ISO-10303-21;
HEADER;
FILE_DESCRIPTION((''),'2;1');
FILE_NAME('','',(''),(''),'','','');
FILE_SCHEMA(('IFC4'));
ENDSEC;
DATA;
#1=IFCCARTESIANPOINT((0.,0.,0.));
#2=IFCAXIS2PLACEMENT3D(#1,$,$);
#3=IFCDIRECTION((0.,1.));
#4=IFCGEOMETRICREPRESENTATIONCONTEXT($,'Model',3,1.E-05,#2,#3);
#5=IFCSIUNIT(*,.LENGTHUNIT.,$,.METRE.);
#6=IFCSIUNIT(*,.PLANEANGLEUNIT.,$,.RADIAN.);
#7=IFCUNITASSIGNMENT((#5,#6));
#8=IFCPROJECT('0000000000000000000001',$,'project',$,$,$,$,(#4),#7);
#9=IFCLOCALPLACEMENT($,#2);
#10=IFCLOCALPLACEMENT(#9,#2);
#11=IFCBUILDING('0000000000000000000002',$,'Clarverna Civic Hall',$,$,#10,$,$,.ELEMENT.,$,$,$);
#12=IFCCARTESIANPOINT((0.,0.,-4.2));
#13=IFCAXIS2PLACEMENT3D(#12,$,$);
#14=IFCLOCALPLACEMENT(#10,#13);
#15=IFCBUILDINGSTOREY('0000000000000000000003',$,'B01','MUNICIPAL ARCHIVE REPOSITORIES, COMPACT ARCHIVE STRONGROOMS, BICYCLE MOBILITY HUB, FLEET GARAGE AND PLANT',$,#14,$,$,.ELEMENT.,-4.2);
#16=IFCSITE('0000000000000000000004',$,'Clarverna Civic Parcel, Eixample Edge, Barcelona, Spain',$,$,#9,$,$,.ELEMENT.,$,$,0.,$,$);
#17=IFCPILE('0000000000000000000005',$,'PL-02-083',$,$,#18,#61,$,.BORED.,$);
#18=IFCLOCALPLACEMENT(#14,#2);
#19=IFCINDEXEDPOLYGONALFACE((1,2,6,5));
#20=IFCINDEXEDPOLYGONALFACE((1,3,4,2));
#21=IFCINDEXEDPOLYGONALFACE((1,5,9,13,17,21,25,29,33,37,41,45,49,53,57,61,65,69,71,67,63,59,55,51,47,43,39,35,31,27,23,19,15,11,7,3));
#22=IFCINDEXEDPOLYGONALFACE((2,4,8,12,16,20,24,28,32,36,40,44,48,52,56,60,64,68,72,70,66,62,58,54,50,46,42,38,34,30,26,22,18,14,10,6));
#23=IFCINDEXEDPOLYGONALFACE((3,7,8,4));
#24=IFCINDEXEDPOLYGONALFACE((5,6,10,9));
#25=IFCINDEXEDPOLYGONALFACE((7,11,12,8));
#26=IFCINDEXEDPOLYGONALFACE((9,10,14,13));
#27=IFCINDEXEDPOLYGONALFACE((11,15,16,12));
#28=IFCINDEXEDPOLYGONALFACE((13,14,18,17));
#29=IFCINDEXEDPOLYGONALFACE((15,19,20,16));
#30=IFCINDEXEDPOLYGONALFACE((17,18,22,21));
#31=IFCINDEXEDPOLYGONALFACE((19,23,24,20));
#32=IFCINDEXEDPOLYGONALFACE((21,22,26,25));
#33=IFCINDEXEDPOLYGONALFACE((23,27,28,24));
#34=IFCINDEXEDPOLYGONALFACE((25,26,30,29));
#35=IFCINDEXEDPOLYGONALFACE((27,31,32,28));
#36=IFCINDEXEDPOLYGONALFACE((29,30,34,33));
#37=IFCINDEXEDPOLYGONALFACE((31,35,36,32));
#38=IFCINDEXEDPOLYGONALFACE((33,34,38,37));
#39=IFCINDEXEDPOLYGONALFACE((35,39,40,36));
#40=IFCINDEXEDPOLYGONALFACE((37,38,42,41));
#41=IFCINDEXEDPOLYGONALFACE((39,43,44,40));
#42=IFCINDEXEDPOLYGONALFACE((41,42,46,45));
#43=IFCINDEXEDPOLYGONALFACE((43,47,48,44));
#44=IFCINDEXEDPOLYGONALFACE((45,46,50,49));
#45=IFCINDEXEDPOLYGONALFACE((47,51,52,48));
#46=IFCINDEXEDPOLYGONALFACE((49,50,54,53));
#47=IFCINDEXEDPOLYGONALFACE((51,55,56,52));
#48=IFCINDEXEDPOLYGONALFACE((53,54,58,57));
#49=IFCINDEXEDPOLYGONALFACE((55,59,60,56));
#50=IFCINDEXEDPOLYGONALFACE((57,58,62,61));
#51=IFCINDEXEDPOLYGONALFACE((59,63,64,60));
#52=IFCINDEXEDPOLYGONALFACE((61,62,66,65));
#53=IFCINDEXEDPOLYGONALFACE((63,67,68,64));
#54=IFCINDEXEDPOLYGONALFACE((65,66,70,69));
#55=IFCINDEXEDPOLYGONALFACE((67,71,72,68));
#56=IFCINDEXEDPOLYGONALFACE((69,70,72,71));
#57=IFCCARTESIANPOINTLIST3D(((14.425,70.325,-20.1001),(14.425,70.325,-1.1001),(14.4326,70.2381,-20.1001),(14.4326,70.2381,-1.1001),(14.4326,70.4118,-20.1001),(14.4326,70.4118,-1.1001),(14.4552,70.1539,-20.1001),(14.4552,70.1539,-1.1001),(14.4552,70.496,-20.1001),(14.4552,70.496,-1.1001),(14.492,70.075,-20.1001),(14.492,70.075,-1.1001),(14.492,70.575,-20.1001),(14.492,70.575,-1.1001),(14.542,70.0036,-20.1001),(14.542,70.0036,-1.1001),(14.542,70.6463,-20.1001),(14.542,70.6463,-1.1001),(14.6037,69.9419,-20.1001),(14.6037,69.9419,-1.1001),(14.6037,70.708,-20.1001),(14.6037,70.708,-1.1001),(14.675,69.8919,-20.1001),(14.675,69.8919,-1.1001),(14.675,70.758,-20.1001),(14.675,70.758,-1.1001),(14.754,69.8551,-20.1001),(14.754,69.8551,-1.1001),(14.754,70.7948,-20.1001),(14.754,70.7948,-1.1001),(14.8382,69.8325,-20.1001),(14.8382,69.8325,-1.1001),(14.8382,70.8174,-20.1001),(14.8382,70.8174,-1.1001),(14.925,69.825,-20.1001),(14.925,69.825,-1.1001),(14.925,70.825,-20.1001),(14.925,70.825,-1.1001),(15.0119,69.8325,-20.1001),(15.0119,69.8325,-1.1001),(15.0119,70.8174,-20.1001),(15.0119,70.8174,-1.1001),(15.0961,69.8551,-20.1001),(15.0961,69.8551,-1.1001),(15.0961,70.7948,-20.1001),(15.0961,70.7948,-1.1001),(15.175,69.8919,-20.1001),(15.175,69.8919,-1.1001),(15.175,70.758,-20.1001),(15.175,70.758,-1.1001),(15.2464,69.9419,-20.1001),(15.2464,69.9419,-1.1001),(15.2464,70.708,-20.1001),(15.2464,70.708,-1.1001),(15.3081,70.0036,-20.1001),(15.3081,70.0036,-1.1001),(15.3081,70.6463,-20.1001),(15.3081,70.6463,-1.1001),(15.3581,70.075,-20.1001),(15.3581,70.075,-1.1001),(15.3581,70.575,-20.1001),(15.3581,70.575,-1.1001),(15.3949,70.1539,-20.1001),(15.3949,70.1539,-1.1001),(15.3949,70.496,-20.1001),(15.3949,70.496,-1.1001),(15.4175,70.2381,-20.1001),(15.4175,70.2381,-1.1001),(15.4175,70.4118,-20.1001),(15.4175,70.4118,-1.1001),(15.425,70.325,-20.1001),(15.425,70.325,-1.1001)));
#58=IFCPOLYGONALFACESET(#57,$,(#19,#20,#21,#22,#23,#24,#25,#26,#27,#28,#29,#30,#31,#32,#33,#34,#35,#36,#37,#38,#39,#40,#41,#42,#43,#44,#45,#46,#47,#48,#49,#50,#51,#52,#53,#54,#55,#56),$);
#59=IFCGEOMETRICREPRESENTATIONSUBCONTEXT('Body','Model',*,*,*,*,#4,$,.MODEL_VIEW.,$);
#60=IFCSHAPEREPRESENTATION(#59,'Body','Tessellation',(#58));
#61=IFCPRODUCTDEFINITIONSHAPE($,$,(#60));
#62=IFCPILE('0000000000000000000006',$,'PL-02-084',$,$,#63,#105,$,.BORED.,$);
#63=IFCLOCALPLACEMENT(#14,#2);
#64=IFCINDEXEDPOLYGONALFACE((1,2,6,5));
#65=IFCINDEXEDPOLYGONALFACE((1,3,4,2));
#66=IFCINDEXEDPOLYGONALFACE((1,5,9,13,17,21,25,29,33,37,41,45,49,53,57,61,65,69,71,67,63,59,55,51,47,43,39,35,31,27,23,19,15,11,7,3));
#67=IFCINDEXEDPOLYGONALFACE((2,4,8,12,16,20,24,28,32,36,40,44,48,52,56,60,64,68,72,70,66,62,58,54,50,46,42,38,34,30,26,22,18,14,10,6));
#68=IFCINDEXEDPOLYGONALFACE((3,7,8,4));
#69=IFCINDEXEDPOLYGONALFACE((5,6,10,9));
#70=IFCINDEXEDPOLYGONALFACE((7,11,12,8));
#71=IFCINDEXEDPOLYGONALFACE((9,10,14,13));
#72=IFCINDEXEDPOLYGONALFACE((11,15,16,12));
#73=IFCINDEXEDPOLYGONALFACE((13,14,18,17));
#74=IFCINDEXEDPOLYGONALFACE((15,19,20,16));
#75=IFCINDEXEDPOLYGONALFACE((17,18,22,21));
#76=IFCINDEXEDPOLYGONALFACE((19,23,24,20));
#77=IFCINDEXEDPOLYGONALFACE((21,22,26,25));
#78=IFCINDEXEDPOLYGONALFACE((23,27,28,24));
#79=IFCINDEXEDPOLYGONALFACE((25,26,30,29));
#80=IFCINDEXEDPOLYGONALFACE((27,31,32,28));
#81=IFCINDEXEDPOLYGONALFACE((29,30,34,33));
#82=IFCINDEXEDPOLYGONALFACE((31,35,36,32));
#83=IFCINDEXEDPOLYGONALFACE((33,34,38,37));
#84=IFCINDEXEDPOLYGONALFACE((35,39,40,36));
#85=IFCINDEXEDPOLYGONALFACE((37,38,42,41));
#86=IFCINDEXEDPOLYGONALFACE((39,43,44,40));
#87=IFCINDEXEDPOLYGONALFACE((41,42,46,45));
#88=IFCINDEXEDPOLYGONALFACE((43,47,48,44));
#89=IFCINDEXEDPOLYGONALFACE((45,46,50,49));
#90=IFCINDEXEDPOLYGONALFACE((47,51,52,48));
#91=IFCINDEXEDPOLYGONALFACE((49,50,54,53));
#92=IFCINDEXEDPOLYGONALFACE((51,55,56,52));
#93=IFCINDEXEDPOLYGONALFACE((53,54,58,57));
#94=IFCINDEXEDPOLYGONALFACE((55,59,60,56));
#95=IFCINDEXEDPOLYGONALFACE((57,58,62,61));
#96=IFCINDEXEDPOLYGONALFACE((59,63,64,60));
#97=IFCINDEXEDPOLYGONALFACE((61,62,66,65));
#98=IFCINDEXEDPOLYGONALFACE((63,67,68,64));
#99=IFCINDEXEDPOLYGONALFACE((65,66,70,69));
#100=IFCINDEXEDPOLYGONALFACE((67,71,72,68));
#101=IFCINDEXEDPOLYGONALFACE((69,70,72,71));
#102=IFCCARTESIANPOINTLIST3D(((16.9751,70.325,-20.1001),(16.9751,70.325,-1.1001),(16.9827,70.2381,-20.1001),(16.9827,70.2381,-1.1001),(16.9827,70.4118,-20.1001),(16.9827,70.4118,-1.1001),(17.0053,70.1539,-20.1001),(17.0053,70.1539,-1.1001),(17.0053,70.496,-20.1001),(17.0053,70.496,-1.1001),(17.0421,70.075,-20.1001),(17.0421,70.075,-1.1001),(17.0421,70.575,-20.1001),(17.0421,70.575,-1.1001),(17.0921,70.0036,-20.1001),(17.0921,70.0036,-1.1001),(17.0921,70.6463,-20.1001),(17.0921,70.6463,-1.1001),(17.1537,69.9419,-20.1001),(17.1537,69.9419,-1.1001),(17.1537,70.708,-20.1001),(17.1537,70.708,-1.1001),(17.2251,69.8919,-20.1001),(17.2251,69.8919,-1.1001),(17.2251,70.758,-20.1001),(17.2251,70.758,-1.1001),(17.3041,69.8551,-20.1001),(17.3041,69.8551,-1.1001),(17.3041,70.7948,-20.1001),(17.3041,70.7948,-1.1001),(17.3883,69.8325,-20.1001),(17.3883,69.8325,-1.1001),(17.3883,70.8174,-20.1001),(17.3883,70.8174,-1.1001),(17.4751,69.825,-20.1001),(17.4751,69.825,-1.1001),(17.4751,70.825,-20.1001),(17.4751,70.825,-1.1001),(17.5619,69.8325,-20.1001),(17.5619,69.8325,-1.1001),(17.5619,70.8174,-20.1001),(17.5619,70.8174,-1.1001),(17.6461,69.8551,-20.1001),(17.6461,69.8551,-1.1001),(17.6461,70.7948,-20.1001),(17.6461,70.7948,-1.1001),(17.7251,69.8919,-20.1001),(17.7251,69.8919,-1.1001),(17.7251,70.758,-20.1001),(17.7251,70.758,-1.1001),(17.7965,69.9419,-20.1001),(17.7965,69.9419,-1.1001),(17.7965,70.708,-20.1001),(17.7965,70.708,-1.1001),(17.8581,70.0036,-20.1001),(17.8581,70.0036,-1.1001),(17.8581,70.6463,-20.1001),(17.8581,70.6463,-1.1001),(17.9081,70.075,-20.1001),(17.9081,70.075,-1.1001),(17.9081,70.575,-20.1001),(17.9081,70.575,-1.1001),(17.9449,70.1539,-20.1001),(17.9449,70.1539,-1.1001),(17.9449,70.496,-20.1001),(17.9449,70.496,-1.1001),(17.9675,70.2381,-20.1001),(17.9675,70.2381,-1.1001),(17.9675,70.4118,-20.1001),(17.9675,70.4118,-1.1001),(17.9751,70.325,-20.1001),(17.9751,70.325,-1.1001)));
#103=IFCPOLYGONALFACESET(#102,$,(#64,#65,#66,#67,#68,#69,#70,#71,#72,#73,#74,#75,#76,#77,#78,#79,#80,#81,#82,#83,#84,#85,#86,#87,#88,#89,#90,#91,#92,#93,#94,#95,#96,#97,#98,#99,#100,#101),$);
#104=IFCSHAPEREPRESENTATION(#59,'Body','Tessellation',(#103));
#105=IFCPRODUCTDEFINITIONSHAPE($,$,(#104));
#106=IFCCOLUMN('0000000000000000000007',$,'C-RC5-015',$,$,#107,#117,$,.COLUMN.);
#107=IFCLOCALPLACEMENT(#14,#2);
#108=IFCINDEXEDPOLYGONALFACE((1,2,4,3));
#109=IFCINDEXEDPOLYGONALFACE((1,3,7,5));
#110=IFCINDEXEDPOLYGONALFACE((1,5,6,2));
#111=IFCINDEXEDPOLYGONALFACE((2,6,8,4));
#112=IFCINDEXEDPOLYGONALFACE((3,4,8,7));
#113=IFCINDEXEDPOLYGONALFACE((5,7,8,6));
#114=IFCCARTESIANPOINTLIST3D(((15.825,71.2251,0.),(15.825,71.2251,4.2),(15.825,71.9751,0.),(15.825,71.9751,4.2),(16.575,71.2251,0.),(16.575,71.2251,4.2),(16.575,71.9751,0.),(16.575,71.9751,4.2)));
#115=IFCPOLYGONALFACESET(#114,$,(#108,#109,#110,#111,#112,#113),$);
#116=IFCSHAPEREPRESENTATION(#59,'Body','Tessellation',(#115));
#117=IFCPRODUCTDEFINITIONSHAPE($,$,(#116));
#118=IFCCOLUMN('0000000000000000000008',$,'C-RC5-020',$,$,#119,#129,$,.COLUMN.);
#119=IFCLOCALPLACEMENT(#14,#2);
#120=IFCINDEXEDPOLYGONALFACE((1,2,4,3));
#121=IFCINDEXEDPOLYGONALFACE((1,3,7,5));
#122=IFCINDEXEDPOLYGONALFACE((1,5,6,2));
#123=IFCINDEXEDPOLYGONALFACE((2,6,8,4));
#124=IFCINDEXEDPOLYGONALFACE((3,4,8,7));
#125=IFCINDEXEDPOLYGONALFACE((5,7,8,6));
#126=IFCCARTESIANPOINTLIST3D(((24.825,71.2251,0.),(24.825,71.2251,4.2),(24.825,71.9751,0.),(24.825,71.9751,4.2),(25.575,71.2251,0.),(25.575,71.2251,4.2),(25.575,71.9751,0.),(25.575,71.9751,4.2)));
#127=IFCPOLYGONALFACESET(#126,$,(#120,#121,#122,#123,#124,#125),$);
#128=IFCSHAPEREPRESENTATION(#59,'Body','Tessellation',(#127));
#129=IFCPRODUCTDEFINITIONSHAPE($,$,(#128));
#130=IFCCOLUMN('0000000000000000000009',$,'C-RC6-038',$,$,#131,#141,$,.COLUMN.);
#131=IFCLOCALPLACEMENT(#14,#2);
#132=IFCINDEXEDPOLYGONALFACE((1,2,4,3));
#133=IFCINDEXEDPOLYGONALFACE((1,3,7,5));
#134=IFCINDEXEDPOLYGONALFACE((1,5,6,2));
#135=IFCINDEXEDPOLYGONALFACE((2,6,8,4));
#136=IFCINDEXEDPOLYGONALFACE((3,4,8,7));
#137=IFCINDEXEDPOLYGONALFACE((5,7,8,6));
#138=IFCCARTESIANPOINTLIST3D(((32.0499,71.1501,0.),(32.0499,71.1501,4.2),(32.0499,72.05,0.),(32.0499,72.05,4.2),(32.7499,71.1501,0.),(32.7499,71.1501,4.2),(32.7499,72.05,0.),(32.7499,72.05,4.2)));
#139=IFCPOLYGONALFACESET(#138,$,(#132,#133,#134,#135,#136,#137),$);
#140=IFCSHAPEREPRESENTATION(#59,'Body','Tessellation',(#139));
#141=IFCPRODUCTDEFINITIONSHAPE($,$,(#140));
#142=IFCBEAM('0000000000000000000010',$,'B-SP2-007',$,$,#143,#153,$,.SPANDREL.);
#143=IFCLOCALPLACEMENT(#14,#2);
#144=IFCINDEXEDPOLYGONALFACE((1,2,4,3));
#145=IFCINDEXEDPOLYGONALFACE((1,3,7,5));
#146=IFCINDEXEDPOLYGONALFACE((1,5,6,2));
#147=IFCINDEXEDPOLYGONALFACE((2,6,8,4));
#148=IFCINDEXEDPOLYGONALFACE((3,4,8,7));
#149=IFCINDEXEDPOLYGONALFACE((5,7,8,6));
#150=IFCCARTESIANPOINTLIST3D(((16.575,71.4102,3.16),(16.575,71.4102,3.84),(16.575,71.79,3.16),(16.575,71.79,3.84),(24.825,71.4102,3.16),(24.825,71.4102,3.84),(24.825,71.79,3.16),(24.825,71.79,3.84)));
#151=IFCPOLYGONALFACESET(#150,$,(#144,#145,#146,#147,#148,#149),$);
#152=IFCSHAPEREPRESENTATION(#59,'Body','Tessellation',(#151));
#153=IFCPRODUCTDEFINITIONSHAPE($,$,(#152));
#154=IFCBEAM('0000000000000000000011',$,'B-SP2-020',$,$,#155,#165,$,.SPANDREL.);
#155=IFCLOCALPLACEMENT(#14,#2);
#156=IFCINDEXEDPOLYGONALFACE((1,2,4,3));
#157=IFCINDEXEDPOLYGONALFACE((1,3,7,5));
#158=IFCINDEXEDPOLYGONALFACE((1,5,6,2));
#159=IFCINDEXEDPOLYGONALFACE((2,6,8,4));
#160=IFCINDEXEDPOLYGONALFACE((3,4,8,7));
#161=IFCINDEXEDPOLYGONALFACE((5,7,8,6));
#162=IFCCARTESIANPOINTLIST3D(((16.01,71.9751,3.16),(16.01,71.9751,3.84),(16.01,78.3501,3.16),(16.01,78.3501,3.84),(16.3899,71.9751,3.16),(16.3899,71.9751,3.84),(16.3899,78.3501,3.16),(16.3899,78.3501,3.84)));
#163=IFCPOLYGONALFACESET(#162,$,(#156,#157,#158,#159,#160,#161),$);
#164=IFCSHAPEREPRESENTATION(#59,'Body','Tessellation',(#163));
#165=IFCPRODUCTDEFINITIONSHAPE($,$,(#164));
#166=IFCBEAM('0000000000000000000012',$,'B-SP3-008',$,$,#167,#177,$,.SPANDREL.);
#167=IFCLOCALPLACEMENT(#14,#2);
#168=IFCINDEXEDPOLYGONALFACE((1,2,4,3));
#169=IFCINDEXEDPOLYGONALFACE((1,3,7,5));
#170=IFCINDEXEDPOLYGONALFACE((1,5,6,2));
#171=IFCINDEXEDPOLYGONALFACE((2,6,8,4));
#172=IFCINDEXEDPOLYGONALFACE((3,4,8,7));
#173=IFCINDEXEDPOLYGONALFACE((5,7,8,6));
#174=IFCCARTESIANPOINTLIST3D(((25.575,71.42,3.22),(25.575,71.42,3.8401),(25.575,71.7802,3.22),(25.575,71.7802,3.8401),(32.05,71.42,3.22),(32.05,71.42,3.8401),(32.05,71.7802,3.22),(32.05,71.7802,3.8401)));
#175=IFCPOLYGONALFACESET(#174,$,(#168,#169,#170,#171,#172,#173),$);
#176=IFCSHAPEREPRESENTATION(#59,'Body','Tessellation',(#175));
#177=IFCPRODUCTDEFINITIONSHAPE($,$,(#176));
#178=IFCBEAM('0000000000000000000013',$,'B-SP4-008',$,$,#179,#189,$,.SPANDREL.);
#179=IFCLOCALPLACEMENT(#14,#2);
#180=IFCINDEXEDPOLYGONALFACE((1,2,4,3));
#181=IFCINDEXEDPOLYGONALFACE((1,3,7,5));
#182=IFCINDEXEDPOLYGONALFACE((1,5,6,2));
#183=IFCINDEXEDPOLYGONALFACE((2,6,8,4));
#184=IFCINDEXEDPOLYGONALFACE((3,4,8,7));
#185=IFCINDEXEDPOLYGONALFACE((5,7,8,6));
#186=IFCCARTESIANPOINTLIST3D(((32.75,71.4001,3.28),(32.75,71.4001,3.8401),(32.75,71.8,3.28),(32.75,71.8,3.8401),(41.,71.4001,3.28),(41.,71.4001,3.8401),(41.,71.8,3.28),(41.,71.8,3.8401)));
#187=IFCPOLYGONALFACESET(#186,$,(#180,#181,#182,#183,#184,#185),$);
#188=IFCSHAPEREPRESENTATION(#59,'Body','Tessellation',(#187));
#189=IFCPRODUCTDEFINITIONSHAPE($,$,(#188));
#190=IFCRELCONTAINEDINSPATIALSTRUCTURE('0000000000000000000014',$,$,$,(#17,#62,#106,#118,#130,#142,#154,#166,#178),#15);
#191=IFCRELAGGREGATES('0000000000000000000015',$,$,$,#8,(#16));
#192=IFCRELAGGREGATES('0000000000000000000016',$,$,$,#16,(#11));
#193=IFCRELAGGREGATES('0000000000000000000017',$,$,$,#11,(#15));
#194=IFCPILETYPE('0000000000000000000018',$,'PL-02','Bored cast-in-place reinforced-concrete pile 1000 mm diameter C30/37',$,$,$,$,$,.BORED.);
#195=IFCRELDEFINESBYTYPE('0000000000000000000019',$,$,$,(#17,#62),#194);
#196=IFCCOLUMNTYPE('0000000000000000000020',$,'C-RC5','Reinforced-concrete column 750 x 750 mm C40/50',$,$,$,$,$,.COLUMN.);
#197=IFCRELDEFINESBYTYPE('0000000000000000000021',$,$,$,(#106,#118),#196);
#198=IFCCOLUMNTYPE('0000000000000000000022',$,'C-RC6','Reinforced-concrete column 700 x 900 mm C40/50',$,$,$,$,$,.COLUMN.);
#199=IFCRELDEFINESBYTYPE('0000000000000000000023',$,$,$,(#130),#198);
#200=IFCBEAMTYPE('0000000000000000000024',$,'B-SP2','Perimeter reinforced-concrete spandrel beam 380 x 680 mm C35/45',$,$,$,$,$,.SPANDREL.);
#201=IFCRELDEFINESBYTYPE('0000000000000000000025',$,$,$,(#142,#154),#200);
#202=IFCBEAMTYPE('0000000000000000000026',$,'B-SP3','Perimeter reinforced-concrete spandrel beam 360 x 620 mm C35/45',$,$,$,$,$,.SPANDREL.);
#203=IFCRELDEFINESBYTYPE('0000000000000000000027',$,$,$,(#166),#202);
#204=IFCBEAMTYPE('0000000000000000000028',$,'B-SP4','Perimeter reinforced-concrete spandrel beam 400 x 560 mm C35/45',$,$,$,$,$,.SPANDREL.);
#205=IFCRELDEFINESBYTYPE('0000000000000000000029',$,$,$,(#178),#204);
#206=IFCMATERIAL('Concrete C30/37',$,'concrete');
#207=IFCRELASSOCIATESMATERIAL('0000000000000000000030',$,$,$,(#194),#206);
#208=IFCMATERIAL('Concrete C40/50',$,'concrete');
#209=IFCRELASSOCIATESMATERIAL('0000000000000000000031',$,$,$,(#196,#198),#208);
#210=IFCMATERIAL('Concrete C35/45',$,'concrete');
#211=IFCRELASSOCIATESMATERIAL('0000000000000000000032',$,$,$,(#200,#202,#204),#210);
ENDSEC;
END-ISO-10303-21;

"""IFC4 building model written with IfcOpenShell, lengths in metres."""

from ifc_helpers import new_model, si_unit, direction, frame, origin, origin_2d, place, context, subcontext, project, spatial, rectangle, circle, extrude, material, material_profile, profile_set, type_object, element, save


model = new_model("IFC4")

# Units and contexts
model_context = context("Model", 3, precision=1e-05, world=origin(), true_north=direction((0.0, 1.0)))
body_context = subcontext(model_context, "Body", "Model", "MODEL_VIEW")
ifc_project = project(units=[si_unit("LENGTHUNIT", "METRE"), si_unit("PLANEANGLEUNIT", "RADIAN")], contexts=[model_context])

# Site, building, storey
site_placement = place(None, origin())
site = spatial("IfcSite", under=ifc_project, at=site_placement, Name="Clarverna Civic Parcel, Eixample Edge, Barcelona, Spain", CompositionType="ELEMENT", RefElevation=0.0)
building_placement = place(site_placement, origin())
building = spatial("IfcBuilding", under=site, at=building_placement, Name="Clarverna Civic Hall", CompositionType="ELEMENT")
storey_placement = place(building_placement, frame((0.0, 0.0, -4.2)))
storey = spatial("IfcBuildingStorey", under=building, at=storey_placement, Name="B01", Description="MUNICIPAL ARCHIVE REPOSITORIES, COMPACT ARCHIVE STRONGROOMS, BICYCLE MOBILITY HUB, FLEET GARAGE AND PLANT", CompositionType="ELEMENT", Elevation=-4.2)

# Shared definitions
ifc_material_1 = material(Name="Concrete C30/37", Category="concrete")

# Piles
ifc_material_profile_1 = material_profile(ifc_material_1, circle(Radius=0.5, at=origin_2d()), Name="BORED PILE D1000")
ifc_profile_set_1 = profile_set([ifc_material_profile_1], Name="Concrete C30/37")
pile_type_1 = type_object("IfcPileType", Name="PL-02", Description="Bored cast-in-place reinforced-concrete pile 1000 mm diameter C30/37", PredefinedType="BORED", material=ifc_profile_set_1)
for number, where, z_axis, x_axis, name in (
    (1, (14.925, 70.325, -1.1001), (0.0, 0.0, -1.0), (1.0, 0.0, 0.0), "PL-02-083"),
    (2, (17.4751, 70.325, -1.1001), (0.0, 0.0, -1.0), (1.0, 0.0, 0.0), "PL-02-084"),
):
    element("IfcPile", number, at=place(storey_placement, frame(where, z_axis=z_axis, x_axis=x_axis)), inside=storey, type_object=pile_type_1, Name=name, PredefinedType="BORED", context=body_context, shape_type="SweptSolid", body=[
        extrude(circle(Radius=0.5, at=origin_2d()), origin(), (0.0, 0.0, 1.0), 19.0),
    ])

# Columns
ifc_material_2 = material(Name="Concrete C40/50", Category="concrete")
ifc_material_profile_2 = material_profile(ifc_material_2, rectangle(XDim=0.75, YDim=0.75, at=origin_2d()), Name="RC 750x750")
ifc_profile_set_2 = profile_set([ifc_material_profile_2], Name="Concrete C40/50")
column_type_1 = type_object("IfcColumnType", Name="C-RC5", Description="Reinforced-concrete column 750 x 750 mm C40/50", PredefinedType="COLUMN", material=ifc_profile_set_2)
for number, where, z_axis, x_axis, name in (
    (3, (16.2, 71.6001, 0.0), (0.0, 0.0, 1.0), (1.0, 0.0, 0.0), "C-RC5-015"),
    (4, (25.2, 71.6001, 0.0), (0.0, 0.0, 1.0), (1.0, 0.0, 0.0), "C-RC5-020"),
):
    element("IfcColumn", number, at=place(storey_placement, frame(where, z_axis=z_axis, x_axis=x_axis)), inside=storey, type_object=column_type_1, Name=name, PredefinedType="COLUMN", context=body_context, shape_type="SweptSolid", body=[
        extrude(rectangle(XDim=0.75, YDim=0.75, at=origin_2d()), origin(), (0.0, 0.0, 1.0), 4.2),
    ])
ifc_material_profile_3 = material_profile(ifc_material_2, rectangle(XDim=0.7, YDim=0.8999, at=origin_2d()), Name="RC 700x900")
ifc_profile_set_3 = profile_set([ifc_material_profile_3], Name="Concrete C40/50")
column_type_2 = type_object("IfcColumnType", Name="C-RC6", Description="Reinforced-concrete column 700 x 900 mm C40/50", PredefinedType="COLUMN", material=ifc_profile_set_3)
column_placement = place(storey_placement, frame((32.3999, 71.6001, 0.0), z_axis=(0.0, 0.0, 1.0), x_axis=(1.0, 0.0, 0.0)))
element("IfcColumn", 5, at=column_placement, inside=storey, type_object=column_type_2, Name="C-RC6-038", PredefinedType="COLUMN", context=body_context, shape_type="SweptSolid", body=[
    extrude(rectangle(XDim=0.7, YDim=0.8999, at=origin_2d()), origin(), (0.0, 0.0, 1.0), 4.2),
])

# Beams
ifc_material_3 = material(Name="Concrete C35/45", Category="concrete")
ifc_material_profile_4 = material_profile(ifc_material_3, rectangle(XDim=0.3799, YDim=0.6799, at=origin_2d()), Name="RC 380x680")
ifc_profile_set_4 = profile_set([ifc_material_profile_4], Name="Concrete C35/45")
beam_type_1 = type_object("IfcBeamType", Name="B-SP2", Description="Perimeter reinforced-concrete spandrel beam 380 x 680 mm C35/45", PredefinedType="SPANDREL", material=ifc_profile_set_4)
beam_1_placement = place(storey_placement, frame((16.575, 71.6001, 3.5), z_axis=(1.0, 0.0, 0.0), x_axis=(0.0, 1.0, 0.0)))
element("IfcBeam", 6, at=beam_1_placement, inside=storey, type_object=beam_type_1, Name="B-SP2-007", PredefinedType="SPANDREL", context=body_context, shape_type="SweptSolid", body=[
    extrude(rectangle(XDim=0.3799, YDim=0.6799, at=origin_2d()), origin(), (0.0, 0.0, 1.0), 8.25),
])
beam_2_placement = place(storey_placement, frame((16.2, 71.9751, 3.5), z_axis=(0.0, 1.0, 0.0), x_axis=(-1.0, 0.0, 0.0)))
element("IfcBeam", 7, at=beam_2_placement, inside=storey, type_object=beam_type_1, Name="B-SP2-020", PredefinedType="SPANDREL", context=body_context, shape_type="SweptSolid", body=[
    extrude(rectangle(XDim=0.3799, YDim=0.6799, at=origin_2d()), origin(), (0.0, 0.0, 1.0), 6.375),
])
ifc_material_profile_5 = material_profile(ifc_material_3, rectangle(XDim=0.3601, YDim=0.6201, at=origin_2d()), Name="RC 360x620")
ifc_profile_set_5 = profile_set([ifc_material_profile_5], Name="Concrete C35/45")
beam_type_2 = type_object("IfcBeamType", Name="B-SP3", Description="Perimeter reinforced-concrete spandrel beam 360 x 620 mm C35/45", PredefinedType="SPANDREL", material=ifc_profile_set_5)
beam_3_placement = place(storey_placement, frame((25.575, 71.6001, 3.53), z_axis=(1.0, 0.0, 0.0), x_axis=(0.0, 1.0, 0.0)))
element("IfcBeam", 8, at=beam_3_placement, inside=storey, type_object=beam_type_2, Name="B-SP3-008", PredefinedType="SPANDREL", context=body_context, shape_type="SweptSolid", body=[
    extrude(rectangle(XDim=0.3601, YDim=0.6201, at=origin_2d()), origin(), (0.0, 0.0, 1.0), 6.4751),
])
ifc_material_profile_6 = material_profile(ifc_material_3, rectangle(XDim=0.3999, YDim=0.5601, at=origin_2d()), Name="RC 400x560")
ifc_profile_set_6 = profile_set([ifc_material_profile_6], Name="Concrete C35/45")
beam_type_3 = type_object("IfcBeamType", Name="B-SP4", Description="Perimeter reinforced-concrete spandrel beam 400 x 560 mm C35/45", PredefinedType="SPANDREL", material=ifc_profile_set_6)
beam_4_placement = place(storey_placement, frame((32.75, 71.6001, 3.5601), z_axis=(1.0, 0.0, 0.0), x_axis=(0.0, 1.0, 0.0)))
element("IfcBeam", 9, at=beam_4_placement, inside=storey, type_object=beam_type_3, Name="B-SP4-008", PredefinedType="SPANDREL", context=body_context, shape_type="SweptSolid", body=[
    extrude(rectangle(XDim=0.3999, YDim=0.5601, at=origin_2d()), origin(), (0.0, 0.0, 1.0), 8.25),
])

save(model, "model.ifc")
